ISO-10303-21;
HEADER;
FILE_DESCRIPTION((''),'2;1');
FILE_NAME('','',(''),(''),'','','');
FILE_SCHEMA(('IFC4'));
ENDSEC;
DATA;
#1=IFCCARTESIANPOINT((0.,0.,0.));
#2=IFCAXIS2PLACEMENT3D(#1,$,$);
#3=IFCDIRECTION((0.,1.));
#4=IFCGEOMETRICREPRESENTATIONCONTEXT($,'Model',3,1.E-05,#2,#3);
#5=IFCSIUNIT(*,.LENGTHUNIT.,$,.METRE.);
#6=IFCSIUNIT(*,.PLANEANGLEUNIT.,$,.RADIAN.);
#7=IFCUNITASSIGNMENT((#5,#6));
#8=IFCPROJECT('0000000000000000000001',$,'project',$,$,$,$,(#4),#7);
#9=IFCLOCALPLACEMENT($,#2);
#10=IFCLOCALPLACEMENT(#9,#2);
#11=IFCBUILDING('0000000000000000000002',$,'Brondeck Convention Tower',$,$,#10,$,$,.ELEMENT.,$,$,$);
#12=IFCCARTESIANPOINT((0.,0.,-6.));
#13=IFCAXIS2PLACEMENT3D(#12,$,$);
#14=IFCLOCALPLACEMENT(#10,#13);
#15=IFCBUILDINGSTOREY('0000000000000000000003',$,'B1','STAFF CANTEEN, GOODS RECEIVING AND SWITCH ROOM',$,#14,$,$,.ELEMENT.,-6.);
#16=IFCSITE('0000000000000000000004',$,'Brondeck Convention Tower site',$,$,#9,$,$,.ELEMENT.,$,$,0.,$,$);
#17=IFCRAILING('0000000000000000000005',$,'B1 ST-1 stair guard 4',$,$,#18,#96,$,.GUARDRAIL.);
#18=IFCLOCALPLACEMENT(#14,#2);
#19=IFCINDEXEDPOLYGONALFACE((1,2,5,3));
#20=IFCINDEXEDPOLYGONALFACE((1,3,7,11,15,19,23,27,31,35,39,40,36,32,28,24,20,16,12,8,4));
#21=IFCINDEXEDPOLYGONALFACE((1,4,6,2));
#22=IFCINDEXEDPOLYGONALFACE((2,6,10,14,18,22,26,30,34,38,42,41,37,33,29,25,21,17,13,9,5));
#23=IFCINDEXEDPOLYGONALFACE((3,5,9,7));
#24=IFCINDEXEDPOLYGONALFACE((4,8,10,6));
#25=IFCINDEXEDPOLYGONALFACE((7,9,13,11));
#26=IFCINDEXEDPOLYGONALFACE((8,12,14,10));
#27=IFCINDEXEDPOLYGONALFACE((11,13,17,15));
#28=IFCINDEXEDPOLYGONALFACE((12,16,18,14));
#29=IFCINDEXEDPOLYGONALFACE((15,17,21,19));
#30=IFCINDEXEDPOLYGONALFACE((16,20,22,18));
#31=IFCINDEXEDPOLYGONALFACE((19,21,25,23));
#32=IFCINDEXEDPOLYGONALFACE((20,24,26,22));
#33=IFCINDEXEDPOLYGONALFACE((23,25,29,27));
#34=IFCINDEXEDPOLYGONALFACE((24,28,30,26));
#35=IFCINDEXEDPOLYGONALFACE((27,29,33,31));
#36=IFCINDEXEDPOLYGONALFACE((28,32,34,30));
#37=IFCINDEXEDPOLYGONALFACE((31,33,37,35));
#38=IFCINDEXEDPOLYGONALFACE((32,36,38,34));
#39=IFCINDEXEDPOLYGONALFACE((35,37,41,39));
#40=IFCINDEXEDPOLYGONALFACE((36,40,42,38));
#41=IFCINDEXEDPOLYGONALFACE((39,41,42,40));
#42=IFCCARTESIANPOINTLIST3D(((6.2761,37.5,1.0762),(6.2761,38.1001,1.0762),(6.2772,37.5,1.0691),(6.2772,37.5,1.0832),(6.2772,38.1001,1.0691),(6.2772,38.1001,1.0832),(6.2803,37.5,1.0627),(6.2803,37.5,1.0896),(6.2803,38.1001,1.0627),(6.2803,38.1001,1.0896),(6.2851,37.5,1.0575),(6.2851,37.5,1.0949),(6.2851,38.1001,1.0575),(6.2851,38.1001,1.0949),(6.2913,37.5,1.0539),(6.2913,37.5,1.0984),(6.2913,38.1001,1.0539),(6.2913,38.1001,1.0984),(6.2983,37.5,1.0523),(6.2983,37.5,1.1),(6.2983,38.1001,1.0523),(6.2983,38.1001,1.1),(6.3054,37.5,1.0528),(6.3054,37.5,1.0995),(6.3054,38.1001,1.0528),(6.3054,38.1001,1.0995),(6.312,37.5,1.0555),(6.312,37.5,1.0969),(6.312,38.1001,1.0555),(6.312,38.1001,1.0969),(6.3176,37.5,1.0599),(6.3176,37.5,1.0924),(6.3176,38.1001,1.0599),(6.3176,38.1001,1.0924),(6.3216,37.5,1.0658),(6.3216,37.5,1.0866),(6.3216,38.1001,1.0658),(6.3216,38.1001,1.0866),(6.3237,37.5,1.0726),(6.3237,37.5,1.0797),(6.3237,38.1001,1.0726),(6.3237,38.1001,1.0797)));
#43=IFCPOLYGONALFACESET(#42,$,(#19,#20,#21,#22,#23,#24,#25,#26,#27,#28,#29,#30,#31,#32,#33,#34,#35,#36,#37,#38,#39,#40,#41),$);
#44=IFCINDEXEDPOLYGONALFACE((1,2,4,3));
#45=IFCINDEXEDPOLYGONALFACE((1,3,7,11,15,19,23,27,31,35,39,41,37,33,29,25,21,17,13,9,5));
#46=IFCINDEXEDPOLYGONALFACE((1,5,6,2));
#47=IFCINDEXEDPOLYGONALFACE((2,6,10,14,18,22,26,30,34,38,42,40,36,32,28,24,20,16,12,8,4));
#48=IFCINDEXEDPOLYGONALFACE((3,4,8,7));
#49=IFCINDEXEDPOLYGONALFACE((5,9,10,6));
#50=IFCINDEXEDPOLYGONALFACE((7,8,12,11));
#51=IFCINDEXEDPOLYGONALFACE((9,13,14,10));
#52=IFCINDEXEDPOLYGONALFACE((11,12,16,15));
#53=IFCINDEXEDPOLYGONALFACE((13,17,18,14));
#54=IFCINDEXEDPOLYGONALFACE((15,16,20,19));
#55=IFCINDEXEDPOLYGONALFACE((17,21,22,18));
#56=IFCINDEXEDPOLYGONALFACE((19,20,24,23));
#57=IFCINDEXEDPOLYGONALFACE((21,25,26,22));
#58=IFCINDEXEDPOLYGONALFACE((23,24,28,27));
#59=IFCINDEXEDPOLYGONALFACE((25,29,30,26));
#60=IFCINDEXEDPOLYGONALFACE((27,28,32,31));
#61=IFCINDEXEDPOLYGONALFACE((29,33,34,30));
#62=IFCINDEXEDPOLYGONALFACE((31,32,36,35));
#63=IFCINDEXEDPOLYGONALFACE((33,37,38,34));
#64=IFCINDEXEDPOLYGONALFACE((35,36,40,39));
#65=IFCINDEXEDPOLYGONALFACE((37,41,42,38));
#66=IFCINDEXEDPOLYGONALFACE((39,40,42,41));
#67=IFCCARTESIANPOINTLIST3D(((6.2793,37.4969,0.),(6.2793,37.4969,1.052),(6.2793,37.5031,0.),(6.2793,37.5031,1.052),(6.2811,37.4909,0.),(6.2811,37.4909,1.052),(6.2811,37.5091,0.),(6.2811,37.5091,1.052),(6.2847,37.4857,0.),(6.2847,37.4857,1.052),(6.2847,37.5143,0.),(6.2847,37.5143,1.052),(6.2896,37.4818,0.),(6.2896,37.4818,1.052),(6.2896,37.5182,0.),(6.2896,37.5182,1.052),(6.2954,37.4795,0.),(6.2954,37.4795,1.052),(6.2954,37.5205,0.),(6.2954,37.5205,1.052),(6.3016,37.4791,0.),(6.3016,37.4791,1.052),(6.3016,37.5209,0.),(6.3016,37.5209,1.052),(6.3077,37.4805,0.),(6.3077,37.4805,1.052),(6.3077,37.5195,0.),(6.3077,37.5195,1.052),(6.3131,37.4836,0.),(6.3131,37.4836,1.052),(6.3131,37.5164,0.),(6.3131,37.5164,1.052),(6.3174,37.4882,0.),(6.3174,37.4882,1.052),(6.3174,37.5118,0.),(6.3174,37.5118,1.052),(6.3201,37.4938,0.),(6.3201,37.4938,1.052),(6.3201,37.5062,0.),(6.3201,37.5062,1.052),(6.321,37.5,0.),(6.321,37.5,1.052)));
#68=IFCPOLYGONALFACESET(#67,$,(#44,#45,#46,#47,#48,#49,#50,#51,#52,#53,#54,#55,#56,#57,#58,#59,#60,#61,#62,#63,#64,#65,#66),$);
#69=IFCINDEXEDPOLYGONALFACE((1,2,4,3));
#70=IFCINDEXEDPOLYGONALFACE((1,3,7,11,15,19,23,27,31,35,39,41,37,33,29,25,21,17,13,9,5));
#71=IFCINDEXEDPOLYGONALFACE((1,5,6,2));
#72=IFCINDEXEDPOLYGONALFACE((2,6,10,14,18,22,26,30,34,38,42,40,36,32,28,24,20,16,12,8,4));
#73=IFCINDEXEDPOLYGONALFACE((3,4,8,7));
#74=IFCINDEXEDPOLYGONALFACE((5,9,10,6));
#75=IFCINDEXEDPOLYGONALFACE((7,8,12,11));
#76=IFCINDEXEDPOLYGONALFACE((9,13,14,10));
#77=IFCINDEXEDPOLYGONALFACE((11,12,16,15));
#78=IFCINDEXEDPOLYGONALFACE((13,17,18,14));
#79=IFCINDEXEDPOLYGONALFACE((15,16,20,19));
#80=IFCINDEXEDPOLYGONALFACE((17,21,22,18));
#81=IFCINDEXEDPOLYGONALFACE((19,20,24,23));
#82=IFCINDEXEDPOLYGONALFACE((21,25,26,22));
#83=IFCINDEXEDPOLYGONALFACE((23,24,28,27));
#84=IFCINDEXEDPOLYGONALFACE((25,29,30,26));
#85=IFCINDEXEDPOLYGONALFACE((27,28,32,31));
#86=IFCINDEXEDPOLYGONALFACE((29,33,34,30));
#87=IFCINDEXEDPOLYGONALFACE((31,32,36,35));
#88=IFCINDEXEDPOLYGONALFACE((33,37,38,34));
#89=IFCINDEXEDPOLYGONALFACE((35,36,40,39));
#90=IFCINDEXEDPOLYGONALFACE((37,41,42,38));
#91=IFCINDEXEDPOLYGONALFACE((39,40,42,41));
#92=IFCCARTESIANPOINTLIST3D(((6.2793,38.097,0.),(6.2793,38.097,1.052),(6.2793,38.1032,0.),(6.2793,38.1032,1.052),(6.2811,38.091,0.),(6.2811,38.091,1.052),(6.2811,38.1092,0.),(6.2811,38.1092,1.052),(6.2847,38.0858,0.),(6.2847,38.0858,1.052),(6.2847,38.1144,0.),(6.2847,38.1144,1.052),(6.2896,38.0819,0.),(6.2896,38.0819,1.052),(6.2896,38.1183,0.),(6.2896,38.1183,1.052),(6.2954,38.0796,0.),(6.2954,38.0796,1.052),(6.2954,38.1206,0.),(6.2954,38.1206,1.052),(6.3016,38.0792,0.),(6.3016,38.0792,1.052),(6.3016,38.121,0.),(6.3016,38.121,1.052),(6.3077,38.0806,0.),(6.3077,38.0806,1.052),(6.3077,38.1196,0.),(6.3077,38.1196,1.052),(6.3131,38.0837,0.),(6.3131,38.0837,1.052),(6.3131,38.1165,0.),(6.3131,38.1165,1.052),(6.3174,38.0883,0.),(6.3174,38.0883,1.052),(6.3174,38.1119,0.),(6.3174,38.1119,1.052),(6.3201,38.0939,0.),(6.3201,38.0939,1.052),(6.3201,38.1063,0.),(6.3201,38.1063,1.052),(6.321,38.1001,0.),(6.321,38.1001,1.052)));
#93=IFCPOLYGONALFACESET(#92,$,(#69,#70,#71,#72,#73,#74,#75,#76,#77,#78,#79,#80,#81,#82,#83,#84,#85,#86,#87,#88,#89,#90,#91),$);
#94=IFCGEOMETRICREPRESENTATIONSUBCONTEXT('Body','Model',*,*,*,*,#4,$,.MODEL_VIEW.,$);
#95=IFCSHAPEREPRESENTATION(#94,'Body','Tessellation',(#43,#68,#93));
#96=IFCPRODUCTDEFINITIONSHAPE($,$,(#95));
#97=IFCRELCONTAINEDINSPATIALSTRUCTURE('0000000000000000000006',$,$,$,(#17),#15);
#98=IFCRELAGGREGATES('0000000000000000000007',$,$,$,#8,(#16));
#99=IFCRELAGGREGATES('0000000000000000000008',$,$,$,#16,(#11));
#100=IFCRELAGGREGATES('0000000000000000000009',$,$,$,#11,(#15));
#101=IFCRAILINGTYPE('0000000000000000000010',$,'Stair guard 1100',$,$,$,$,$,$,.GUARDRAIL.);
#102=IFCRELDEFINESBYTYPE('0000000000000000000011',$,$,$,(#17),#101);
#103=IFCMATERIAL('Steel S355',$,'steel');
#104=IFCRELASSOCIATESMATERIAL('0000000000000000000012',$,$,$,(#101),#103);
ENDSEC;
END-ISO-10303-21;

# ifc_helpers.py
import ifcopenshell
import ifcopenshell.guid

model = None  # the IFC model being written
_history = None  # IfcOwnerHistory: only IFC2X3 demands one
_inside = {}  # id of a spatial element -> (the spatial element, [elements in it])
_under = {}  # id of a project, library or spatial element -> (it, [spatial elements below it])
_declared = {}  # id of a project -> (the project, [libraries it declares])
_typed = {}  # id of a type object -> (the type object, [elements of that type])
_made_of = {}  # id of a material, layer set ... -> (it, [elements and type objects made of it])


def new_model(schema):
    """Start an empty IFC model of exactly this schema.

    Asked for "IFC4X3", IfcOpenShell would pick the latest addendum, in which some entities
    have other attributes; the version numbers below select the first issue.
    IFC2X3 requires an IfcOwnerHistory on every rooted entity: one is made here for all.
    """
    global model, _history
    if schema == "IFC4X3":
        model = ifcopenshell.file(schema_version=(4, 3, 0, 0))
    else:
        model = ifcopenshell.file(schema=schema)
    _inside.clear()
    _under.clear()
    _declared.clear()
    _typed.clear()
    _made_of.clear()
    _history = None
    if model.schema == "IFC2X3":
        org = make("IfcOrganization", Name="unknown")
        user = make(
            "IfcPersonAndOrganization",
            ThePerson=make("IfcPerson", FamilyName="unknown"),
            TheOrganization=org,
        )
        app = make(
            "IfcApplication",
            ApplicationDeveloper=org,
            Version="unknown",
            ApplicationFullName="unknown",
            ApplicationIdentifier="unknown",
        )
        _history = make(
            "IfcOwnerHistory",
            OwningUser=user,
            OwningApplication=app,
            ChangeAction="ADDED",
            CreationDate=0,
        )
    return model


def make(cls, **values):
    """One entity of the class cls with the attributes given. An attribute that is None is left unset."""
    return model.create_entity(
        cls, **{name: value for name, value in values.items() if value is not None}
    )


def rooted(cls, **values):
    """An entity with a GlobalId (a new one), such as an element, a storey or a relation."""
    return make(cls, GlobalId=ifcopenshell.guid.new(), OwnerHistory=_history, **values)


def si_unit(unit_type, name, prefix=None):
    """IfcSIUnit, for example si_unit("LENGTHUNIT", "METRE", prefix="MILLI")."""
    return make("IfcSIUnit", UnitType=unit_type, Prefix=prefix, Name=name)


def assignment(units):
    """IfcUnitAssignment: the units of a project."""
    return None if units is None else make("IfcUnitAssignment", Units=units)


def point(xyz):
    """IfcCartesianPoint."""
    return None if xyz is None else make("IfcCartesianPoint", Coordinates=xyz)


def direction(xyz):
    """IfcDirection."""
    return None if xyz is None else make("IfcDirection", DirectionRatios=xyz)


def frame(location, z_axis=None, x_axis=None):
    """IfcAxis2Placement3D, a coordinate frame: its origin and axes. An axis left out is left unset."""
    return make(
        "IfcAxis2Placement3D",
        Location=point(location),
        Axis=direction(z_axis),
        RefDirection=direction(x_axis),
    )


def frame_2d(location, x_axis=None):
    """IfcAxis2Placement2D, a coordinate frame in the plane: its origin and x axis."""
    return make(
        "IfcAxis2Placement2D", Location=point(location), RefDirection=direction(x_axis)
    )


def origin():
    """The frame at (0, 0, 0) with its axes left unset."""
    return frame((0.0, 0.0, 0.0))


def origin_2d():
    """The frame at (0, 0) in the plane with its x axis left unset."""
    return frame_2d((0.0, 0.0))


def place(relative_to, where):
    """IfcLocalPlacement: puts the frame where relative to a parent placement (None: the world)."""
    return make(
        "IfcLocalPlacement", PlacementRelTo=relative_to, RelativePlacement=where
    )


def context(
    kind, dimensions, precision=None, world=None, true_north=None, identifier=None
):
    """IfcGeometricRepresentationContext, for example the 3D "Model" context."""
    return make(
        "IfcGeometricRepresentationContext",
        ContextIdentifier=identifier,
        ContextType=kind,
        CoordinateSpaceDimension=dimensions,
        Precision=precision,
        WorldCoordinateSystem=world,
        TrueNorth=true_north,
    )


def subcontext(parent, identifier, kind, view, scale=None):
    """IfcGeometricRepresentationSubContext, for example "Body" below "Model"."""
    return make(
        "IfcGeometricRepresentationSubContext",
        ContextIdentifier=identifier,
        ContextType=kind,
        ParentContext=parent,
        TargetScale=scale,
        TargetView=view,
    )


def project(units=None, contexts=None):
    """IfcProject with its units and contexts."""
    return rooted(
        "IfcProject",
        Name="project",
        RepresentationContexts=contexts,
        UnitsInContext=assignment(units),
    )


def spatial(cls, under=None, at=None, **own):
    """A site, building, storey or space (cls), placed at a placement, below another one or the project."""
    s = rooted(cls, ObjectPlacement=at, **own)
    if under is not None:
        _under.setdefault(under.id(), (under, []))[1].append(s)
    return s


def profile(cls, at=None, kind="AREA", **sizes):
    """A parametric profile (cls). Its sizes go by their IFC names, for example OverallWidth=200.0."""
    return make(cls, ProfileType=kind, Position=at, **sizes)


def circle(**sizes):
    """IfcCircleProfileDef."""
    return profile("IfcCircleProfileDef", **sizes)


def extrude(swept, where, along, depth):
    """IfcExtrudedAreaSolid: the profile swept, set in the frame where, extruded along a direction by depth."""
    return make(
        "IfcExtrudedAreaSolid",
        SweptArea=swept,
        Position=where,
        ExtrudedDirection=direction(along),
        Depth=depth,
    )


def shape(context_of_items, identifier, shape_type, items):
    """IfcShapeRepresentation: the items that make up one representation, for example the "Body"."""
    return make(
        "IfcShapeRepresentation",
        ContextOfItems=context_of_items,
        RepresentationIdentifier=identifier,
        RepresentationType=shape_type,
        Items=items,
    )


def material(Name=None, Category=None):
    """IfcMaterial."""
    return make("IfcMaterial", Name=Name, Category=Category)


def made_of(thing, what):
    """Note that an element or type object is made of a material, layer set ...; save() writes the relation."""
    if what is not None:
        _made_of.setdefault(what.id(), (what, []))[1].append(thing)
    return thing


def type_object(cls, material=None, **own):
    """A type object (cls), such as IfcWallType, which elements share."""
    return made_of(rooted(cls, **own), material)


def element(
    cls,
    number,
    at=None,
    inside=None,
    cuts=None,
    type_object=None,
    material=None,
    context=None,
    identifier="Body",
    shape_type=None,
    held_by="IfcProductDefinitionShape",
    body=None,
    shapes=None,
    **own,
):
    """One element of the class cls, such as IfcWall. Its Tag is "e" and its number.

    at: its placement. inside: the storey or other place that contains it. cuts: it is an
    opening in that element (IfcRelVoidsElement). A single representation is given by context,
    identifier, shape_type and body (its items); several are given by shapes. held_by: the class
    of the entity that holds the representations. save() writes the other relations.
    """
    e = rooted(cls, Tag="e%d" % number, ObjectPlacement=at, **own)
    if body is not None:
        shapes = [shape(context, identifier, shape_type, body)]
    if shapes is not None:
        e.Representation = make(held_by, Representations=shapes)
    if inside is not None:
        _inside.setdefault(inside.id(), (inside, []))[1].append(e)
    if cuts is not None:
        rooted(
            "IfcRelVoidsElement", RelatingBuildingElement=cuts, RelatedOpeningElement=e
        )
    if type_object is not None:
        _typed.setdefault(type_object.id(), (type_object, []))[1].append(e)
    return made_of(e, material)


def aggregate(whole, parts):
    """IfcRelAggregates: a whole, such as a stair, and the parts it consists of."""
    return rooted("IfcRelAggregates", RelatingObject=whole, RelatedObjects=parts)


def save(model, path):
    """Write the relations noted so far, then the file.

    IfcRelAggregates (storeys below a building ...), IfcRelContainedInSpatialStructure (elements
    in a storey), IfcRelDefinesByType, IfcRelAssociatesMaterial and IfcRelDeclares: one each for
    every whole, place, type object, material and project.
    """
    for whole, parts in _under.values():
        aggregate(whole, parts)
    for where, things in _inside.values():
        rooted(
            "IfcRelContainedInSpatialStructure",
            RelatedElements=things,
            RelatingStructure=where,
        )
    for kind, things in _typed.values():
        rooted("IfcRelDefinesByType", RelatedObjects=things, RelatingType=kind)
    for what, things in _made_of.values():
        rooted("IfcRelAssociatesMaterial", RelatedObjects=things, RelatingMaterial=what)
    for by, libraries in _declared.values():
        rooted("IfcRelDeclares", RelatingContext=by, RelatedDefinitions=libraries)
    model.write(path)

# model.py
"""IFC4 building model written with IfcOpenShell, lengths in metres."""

from ifc_helpers import new_model, si_unit, direction, frame, origin, origin_2d, place, context, subcontext, project, spatial, circle, extrude, material, type_object, element, save


model = new_model("IFC4")

# Units and contexts
model_context = context("Model", 3, precision=1e-05, world=origin(), true_north=direction((0.0, 1.0)))
body_context = subcontext(model_context, "Body", "Model", "MODEL_VIEW")
ifc_project = project(units=[si_unit("LENGTHUNIT", "METRE"), si_unit("PLANEANGLEUNIT", "RADIAN")], contexts=[model_context])

# Site, building, storey
site_placement = place(None, origin())
site = spatial("IfcSite", under=ifc_project, at=site_placement, Name="Brondeck Convention Tower site", CompositionType="ELEMENT", RefElevation=0.0)
building_placement = place(site_placement, origin())
building = spatial("IfcBuilding", under=site, at=building_placement, Name="Brondeck Convention Tower", CompositionType="ELEMENT")
storey_placement = place(building_placement, frame((0.0, 0.0, -6.0)))
storey = spatial("IfcBuildingStorey", under=building, at=storey_placement, Name="B1", Description="STAFF CANTEEN, GOODS RECEIVING AND SWITCH ROOM", CompositionType="ELEMENT", Elevation=-6.0)

# Railing
ifc_material_1 = material(Name="Steel S355", Category="steel")
railing_type = type_object("IfcRailingType", Name="Stair guard 1100", PredefinedType="GUARDRAIL", material=ifc_material_1)
railing_1_placement = place(storey_placement, frame((6.3, 37.5, 0.0)))
element("IfcRailing", 1, at=railing_1_placement, inside=storey, type_object=railing_type, Name="B1 ST-1 stair guard 4", PredefinedType="GUARDRAIL", context=body_context, shape_type="SweptSolid", body=[
    extrude(circle(Radius=0.0239, at=origin_2d()), frame((0.0, 0.0, 1.0762), z_axis=(0.0, 1.0, 0.0), x_axis=(-1.0, 0.0, 0.0)), (0.0, 0.0, 1.0), 0.6001),
    extrude(circle(Radius=0.021, at=origin_2d()), origin(), (0.0, 0.0, 1.0), 1.052),
    extrude(circle(Radius=0.021, at=origin_2d()), frame((0.0, 0.6001, 0.0)), (0.0, 0.0, 1.0), 1.052),
])

save(model, "model.ifc")
